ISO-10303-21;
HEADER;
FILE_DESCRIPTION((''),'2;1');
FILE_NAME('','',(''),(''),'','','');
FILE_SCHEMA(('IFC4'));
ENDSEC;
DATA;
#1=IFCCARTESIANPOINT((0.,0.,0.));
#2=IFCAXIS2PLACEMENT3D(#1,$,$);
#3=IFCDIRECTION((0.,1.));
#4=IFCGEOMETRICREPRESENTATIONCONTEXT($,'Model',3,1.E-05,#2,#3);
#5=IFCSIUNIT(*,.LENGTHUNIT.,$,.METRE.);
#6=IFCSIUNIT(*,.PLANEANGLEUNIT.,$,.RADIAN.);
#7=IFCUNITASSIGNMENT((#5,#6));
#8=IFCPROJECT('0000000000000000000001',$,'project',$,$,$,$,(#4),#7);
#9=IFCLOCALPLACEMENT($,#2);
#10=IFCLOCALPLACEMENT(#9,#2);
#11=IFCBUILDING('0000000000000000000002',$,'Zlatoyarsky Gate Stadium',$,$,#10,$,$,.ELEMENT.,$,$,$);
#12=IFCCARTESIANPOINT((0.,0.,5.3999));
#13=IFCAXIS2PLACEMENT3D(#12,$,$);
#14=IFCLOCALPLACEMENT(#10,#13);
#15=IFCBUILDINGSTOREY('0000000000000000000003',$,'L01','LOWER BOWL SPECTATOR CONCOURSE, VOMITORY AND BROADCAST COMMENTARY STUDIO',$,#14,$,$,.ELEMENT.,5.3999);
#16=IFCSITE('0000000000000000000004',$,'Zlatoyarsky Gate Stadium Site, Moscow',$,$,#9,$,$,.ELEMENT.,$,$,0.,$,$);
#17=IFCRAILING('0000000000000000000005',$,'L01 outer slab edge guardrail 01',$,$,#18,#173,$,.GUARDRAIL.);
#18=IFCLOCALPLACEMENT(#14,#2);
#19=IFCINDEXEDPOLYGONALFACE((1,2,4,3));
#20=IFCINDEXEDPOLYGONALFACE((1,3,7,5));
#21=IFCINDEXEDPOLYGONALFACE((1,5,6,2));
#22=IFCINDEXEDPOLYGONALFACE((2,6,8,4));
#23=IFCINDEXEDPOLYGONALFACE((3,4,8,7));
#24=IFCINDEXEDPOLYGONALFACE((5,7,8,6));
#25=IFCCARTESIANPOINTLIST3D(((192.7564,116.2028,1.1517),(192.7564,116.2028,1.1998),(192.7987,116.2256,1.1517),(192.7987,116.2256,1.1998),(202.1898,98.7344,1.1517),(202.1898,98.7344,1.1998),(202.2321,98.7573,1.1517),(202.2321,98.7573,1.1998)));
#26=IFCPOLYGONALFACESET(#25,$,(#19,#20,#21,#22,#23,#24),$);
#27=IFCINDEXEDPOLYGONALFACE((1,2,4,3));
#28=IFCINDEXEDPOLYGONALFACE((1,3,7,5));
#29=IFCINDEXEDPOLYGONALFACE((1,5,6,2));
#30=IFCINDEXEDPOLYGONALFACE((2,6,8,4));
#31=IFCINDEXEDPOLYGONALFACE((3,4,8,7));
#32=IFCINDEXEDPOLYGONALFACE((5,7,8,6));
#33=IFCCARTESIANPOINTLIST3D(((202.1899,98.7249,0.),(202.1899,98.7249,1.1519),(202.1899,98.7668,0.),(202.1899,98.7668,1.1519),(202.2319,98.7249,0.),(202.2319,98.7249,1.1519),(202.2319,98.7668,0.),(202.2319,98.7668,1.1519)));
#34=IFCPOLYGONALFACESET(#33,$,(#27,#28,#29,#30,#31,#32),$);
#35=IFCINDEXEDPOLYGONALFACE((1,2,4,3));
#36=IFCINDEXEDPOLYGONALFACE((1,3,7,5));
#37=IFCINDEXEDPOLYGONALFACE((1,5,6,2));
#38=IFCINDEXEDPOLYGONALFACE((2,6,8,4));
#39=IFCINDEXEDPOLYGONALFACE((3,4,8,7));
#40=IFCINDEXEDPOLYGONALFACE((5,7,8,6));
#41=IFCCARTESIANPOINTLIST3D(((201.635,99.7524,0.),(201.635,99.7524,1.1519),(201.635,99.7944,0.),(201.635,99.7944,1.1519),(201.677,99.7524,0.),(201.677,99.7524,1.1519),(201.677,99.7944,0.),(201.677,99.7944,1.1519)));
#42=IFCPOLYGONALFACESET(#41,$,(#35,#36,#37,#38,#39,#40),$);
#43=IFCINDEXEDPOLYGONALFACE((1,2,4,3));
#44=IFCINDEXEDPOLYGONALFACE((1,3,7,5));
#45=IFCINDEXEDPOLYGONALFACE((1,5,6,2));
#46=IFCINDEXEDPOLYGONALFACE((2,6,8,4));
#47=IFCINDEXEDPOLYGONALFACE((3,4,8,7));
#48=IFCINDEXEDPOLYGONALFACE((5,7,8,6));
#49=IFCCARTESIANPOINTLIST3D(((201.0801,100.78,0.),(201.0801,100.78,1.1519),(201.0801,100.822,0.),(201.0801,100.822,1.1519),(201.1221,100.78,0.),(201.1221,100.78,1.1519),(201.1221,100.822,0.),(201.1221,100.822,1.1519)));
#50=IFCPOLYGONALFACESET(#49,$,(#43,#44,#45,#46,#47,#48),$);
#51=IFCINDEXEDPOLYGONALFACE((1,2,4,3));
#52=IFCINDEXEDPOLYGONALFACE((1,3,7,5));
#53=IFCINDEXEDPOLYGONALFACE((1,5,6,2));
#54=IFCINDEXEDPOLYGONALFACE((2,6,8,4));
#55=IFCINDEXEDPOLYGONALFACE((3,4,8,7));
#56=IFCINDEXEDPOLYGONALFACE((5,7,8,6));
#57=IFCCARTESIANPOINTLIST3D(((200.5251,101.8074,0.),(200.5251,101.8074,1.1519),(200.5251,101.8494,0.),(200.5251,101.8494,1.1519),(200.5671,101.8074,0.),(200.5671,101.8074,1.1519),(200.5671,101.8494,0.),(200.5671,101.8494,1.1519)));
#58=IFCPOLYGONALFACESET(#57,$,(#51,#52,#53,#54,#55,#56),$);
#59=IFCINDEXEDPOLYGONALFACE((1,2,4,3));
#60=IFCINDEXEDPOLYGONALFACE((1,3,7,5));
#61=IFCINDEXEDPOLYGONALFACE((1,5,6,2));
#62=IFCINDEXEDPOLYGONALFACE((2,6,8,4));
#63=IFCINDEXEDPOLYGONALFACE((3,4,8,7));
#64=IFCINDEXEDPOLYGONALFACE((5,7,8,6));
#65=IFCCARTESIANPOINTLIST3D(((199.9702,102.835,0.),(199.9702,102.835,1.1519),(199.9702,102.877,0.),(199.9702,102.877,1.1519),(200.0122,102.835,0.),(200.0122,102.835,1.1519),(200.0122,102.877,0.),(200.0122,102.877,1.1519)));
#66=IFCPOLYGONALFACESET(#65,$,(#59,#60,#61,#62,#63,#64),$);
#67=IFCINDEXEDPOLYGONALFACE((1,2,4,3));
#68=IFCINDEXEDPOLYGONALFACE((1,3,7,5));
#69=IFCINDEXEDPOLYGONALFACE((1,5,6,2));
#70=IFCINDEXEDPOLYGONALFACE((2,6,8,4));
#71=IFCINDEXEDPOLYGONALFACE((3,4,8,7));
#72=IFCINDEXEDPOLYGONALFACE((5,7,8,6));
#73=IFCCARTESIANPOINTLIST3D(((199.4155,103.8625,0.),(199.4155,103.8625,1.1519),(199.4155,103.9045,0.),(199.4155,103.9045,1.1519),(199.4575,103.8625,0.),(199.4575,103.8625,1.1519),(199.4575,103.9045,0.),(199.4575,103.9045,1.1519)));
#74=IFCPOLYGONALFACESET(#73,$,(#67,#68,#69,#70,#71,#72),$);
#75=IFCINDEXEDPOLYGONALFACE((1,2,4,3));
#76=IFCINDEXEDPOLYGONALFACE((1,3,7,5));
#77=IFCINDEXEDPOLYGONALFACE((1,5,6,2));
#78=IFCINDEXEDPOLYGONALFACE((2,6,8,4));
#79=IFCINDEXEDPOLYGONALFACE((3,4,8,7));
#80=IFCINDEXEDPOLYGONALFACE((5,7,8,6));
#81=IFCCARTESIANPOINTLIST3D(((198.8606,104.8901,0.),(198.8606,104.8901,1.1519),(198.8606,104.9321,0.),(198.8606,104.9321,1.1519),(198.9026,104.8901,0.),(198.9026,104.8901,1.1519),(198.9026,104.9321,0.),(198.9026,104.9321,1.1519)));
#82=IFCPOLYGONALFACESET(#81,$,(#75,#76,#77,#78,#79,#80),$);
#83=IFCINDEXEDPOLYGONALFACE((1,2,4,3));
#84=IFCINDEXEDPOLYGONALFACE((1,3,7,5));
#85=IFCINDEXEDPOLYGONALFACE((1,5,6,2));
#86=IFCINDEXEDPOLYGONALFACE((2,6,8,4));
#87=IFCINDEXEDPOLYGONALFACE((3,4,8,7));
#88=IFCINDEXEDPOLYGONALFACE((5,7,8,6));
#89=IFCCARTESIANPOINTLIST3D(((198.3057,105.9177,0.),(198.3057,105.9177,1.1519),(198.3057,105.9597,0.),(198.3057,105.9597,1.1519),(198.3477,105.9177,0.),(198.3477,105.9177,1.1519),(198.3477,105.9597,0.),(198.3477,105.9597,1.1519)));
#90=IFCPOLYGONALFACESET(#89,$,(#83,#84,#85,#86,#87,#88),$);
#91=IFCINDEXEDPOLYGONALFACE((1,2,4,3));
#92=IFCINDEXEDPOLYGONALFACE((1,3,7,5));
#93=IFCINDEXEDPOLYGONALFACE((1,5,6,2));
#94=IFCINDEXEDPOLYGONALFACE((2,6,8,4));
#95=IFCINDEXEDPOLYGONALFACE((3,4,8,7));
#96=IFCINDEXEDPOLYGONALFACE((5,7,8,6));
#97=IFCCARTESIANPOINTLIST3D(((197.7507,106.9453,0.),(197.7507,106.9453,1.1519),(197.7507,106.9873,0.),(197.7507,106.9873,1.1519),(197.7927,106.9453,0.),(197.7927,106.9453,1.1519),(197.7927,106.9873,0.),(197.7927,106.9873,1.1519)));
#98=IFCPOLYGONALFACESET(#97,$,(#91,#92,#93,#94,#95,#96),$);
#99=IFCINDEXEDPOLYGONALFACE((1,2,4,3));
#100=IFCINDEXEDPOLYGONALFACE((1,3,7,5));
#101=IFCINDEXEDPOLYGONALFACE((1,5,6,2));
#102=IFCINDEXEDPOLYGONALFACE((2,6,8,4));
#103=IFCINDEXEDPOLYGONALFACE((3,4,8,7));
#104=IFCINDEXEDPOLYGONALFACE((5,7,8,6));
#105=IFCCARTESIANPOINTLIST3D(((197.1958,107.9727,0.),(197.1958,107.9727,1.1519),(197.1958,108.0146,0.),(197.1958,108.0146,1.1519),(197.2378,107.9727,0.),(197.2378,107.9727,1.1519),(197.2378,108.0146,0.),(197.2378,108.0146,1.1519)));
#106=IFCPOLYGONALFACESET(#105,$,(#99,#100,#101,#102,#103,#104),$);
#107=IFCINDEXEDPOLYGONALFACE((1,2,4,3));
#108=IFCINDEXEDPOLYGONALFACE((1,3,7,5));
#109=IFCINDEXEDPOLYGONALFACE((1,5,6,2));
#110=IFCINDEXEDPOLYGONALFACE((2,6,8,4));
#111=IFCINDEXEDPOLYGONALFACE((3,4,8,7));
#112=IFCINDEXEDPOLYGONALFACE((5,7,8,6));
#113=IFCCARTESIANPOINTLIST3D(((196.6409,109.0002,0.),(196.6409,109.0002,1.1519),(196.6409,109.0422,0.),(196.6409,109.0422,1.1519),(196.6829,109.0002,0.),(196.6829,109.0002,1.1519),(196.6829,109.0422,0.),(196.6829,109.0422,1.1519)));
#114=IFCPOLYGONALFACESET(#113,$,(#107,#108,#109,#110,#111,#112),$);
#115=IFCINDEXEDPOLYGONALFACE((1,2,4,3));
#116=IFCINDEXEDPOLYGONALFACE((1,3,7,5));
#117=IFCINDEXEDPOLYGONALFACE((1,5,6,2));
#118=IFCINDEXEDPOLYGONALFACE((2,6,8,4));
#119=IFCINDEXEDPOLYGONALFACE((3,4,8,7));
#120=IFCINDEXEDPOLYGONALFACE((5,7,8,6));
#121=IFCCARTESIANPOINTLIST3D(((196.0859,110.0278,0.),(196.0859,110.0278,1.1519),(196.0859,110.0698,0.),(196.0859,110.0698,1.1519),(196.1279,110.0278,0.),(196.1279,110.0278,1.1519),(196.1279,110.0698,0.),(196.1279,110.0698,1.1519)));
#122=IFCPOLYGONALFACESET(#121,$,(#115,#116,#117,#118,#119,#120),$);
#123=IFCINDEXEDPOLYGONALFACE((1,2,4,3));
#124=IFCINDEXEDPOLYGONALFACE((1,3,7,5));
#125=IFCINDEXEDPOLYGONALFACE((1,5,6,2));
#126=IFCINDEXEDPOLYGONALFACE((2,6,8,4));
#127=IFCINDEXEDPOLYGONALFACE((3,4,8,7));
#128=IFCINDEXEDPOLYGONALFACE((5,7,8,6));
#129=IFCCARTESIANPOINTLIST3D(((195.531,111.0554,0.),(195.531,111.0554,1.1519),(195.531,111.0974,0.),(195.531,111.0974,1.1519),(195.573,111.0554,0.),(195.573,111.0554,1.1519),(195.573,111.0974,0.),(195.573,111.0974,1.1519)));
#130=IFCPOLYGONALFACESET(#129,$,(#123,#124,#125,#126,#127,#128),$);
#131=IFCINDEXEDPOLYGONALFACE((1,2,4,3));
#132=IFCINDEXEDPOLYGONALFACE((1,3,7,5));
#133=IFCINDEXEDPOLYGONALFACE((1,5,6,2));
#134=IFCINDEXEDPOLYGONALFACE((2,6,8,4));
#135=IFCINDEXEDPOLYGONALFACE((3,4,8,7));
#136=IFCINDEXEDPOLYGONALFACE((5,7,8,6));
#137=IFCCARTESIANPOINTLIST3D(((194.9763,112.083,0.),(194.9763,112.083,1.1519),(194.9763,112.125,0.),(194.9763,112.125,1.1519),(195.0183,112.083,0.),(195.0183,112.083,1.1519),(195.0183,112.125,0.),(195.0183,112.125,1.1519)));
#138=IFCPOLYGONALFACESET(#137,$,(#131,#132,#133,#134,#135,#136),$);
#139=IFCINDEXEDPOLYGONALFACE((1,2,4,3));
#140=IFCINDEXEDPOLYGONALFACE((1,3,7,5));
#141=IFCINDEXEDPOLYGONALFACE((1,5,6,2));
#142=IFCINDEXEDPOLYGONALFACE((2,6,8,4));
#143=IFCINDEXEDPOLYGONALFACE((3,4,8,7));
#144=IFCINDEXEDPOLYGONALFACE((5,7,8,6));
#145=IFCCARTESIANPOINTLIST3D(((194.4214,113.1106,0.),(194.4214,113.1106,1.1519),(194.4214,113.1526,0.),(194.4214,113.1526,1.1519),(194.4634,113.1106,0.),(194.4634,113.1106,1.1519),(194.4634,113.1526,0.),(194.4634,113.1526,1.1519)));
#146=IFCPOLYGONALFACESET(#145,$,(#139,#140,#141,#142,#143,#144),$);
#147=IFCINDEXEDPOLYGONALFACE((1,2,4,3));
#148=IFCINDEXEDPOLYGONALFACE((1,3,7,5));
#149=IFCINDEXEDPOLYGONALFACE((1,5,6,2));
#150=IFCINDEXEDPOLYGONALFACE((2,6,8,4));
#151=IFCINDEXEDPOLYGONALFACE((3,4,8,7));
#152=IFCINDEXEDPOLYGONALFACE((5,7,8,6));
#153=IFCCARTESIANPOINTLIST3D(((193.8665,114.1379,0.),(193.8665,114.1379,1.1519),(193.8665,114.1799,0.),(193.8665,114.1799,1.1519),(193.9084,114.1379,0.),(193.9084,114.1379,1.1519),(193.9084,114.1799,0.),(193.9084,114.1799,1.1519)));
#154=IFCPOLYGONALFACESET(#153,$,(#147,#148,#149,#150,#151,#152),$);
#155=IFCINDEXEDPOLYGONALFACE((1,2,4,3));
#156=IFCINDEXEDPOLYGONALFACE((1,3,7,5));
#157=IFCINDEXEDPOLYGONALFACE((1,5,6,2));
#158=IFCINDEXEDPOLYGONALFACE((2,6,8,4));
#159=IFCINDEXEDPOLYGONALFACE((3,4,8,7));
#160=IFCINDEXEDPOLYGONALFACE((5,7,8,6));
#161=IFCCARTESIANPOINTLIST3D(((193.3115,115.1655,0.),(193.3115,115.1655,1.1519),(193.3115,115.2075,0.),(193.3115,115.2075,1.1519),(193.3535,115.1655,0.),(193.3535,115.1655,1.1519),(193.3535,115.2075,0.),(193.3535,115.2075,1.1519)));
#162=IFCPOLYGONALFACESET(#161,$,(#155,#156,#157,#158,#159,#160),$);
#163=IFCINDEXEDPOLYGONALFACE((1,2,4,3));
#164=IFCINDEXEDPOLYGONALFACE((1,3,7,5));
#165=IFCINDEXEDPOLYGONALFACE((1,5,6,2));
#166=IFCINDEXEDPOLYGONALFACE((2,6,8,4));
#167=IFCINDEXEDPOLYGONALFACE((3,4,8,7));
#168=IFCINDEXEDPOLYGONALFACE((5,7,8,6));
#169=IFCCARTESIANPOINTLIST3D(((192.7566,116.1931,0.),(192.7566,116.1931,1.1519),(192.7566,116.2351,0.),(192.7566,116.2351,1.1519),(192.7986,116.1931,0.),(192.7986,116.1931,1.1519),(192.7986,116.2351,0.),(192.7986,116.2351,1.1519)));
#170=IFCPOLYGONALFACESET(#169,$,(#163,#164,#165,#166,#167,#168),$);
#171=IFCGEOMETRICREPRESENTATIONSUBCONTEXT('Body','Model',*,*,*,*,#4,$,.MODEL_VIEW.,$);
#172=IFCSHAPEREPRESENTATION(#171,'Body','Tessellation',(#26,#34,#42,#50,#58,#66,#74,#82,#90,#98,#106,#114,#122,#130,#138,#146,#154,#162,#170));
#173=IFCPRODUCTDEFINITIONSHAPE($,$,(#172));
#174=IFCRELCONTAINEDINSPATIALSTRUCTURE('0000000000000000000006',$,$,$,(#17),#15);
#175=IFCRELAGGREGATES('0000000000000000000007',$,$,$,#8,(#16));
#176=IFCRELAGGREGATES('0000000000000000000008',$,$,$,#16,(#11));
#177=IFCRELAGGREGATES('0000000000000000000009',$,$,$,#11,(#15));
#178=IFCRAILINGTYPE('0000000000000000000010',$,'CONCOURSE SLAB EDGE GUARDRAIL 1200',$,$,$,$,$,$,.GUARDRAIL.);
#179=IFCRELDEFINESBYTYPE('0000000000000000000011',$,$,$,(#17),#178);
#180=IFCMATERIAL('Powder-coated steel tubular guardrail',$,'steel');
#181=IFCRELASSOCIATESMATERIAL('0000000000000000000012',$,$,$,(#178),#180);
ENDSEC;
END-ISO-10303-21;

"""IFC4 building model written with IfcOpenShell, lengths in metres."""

from ifc_helpers import new_model, si_unit, direction, frame, origin, origin_2d, place, context, subcontext, project, spatial, rectangle, extrude, material, type_object, element, save


model = new_model("IFC4")

# Units and contexts
model_context = context("Model", 3, precision=1e-05, world=origin(), true_north=direction((0.0, 1.0)))
body_context = subcontext(model_context, "Body", "Model", "MODEL_VIEW")
ifc_project = project(units=[si_unit("LENGTHUNIT", "METRE"), si_unit("PLANEANGLEUNIT", "RADIAN")], contexts=[model_context])

# Site, building, storey
site_placement = place(None, origin())
site = spatial("IfcSite", under=ifc_project, at=site_placement, Name="Zlatoyarsky Gate Stadium Site, Moscow", CompositionType="ELEMENT", RefElevation=0.0)
building_placement = place(site_placement, origin())
building = spatial("IfcBuilding", under=site, at=building_placement, Name="Zlatoyarsky Gate Stadium", CompositionType="ELEMENT")
storey_placement = place(building_placement, frame((0.0, 0.0, 5.3999)))
storey = spatial("IfcBuildingStorey", under=building, at=storey_placement, Name="L01", Description="LOWER BOWL SPECTATOR CONCOURSE, VOMITORY AND BROADCAST COMMENTARY STUDIO", CompositionType="ELEMENT", Elevation=5.3999)

# Railing
ifc_material_1 = material(Name="Powder-coated steel tubular guardrail", Category="steel")
railing_type = type_object("IfcRailingType", Name="CONCOURSE SLAB EDGE GUARDRAIL 1200", PredefinedType="GUARDRAIL", material=ifc_material_1)
railing_placement = place(storey_placement, frame((202.2109, 98.7458, 0.0)))
element("IfcRailing", 1, at=railing_placement, inside=storey, type_object=railing_type, Name="L01 outer slab edge guardrail 01", PredefinedType="GUARDRAIL", context=body_context, shape_type="SweptSolid", body=[
    extrude(rectangle(XDim=0.0481, YDim=0.0481, at=origin_2d()), frame((0.0, 0.0, 1.1758), z_axis=(-0.475168, 0.879895, 0.0), x_axis=(-0.879895, -0.475168, 0.0)), (0.0, 0.0, 1.0), 19.8528),
    extrude(rectangle(XDim=0.042, YDim=0.042, at=origin_2d()), origin(), (0.0, 0.0, 1.0), 1.1519),
    extrude(rectangle(XDim=0.042, YDim=0.042, at=origin_2d()), frame((-0.5549, 1.0276, 0.0)), (0.0, 0.0, 1.0), 1.1519),
    extrude(rectangle(XDim=0.042, YDim=0.042, at=origin_2d()), frame((-1.1099, 2.0552, 0.0)), (0.0, 0.0, 1.0), 1.1519),
    extrude(rectangle(XDim=0.042, YDim=0.042, at=origin_2d()), frame((-1.6648, 3.0825, 0.0)), (0.0, 0.0, 1.0), 1.1519),
    extrude(rectangle(XDim=0.042, YDim=0.042, at=origin_2d()), frame((-2.2197, 4.1101, 0.0)), (0.0, 0.0, 1.0), 1.1519),
    extrude(rectangle(XDim=0.042, YDim=0.042, at=origin_2d()), frame((-2.7744, 5.1377, 0.0)), (0.0, 0.0, 1.0), 1.1519),
    extrude(rectangle(XDim=0.042, YDim=0.042, at=origin_2d()), frame((-3.3293, 6.1653, 0.0)), (0.0, 0.0, 1.0), 1.1519),
    extrude(rectangle(XDim=0.042, YDim=0.042, at=origin_2d()), frame((-3.8843, 7.1929, 0.0)), (0.0, 0.0, 1.0), 1.1519),
    extrude(rectangle(XDim=0.042, YDim=0.042, at=origin_2d()), frame((-4.4392, 8.2205, 0.0)), (0.0, 0.0, 1.0), 1.1519),
    extrude(rectangle(XDim=0.042, YDim=0.042, at=origin_2d()), frame((-4.9941, 9.2478, 0.0)), (0.0, 0.0, 1.0), 1.1519),
    extrude(rectangle(XDim=0.042, YDim=0.042, at=origin_2d()), frame((-5.5491, 10.2754, 0.0)), (0.0, 0.0, 1.0), 1.1519),
    extrude(rectangle(XDim=0.042, YDim=0.042, at=origin_2d()), frame((-6.104, 11.303, 0.0)), (0.0, 0.0, 1.0), 1.1519),
    extrude(rectangle(XDim=0.042, YDim=0.042, at=origin_2d()), frame((-6.6589, 12.3306, 0.0)), (0.0, 0.0, 1.0), 1.1519),
    extrude(rectangle(XDim=0.042, YDim=0.042, at=origin_2d()), frame((-7.2136, 13.3582, 0.0)), (0.0, 0.0, 1.0), 1.1519),
    extrude(rectangle(XDim=0.042, YDim=0.042, at=origin_2d()), frame((-7.7686, 14.3857, 0.0)), (0.0, 0.0, 1.0), 1.1519),
    extrude(rectangle(XDim=0.042, YDim=0.042, at=origin_2d()), frame((-8.3235, 15.4131, 0.0)), (0.0, 0.0, 1.0), 1.1519),
    extrude(rectangle(XDim=0.042, YDim=0.042, at=origin_2d()), frame((-8.8784, 16.4407, 0.0)), (0.0, 0.0, 1.0), 1.1519),
    extrude(rectangle(XDim=0.042, YDim=0.042, at=origin_2d()), frame((-9.4333, 17.4683, 0.0)), (0.0, 0.0, 1.0), 1.1519),
])

save(model, "model.ifc")
